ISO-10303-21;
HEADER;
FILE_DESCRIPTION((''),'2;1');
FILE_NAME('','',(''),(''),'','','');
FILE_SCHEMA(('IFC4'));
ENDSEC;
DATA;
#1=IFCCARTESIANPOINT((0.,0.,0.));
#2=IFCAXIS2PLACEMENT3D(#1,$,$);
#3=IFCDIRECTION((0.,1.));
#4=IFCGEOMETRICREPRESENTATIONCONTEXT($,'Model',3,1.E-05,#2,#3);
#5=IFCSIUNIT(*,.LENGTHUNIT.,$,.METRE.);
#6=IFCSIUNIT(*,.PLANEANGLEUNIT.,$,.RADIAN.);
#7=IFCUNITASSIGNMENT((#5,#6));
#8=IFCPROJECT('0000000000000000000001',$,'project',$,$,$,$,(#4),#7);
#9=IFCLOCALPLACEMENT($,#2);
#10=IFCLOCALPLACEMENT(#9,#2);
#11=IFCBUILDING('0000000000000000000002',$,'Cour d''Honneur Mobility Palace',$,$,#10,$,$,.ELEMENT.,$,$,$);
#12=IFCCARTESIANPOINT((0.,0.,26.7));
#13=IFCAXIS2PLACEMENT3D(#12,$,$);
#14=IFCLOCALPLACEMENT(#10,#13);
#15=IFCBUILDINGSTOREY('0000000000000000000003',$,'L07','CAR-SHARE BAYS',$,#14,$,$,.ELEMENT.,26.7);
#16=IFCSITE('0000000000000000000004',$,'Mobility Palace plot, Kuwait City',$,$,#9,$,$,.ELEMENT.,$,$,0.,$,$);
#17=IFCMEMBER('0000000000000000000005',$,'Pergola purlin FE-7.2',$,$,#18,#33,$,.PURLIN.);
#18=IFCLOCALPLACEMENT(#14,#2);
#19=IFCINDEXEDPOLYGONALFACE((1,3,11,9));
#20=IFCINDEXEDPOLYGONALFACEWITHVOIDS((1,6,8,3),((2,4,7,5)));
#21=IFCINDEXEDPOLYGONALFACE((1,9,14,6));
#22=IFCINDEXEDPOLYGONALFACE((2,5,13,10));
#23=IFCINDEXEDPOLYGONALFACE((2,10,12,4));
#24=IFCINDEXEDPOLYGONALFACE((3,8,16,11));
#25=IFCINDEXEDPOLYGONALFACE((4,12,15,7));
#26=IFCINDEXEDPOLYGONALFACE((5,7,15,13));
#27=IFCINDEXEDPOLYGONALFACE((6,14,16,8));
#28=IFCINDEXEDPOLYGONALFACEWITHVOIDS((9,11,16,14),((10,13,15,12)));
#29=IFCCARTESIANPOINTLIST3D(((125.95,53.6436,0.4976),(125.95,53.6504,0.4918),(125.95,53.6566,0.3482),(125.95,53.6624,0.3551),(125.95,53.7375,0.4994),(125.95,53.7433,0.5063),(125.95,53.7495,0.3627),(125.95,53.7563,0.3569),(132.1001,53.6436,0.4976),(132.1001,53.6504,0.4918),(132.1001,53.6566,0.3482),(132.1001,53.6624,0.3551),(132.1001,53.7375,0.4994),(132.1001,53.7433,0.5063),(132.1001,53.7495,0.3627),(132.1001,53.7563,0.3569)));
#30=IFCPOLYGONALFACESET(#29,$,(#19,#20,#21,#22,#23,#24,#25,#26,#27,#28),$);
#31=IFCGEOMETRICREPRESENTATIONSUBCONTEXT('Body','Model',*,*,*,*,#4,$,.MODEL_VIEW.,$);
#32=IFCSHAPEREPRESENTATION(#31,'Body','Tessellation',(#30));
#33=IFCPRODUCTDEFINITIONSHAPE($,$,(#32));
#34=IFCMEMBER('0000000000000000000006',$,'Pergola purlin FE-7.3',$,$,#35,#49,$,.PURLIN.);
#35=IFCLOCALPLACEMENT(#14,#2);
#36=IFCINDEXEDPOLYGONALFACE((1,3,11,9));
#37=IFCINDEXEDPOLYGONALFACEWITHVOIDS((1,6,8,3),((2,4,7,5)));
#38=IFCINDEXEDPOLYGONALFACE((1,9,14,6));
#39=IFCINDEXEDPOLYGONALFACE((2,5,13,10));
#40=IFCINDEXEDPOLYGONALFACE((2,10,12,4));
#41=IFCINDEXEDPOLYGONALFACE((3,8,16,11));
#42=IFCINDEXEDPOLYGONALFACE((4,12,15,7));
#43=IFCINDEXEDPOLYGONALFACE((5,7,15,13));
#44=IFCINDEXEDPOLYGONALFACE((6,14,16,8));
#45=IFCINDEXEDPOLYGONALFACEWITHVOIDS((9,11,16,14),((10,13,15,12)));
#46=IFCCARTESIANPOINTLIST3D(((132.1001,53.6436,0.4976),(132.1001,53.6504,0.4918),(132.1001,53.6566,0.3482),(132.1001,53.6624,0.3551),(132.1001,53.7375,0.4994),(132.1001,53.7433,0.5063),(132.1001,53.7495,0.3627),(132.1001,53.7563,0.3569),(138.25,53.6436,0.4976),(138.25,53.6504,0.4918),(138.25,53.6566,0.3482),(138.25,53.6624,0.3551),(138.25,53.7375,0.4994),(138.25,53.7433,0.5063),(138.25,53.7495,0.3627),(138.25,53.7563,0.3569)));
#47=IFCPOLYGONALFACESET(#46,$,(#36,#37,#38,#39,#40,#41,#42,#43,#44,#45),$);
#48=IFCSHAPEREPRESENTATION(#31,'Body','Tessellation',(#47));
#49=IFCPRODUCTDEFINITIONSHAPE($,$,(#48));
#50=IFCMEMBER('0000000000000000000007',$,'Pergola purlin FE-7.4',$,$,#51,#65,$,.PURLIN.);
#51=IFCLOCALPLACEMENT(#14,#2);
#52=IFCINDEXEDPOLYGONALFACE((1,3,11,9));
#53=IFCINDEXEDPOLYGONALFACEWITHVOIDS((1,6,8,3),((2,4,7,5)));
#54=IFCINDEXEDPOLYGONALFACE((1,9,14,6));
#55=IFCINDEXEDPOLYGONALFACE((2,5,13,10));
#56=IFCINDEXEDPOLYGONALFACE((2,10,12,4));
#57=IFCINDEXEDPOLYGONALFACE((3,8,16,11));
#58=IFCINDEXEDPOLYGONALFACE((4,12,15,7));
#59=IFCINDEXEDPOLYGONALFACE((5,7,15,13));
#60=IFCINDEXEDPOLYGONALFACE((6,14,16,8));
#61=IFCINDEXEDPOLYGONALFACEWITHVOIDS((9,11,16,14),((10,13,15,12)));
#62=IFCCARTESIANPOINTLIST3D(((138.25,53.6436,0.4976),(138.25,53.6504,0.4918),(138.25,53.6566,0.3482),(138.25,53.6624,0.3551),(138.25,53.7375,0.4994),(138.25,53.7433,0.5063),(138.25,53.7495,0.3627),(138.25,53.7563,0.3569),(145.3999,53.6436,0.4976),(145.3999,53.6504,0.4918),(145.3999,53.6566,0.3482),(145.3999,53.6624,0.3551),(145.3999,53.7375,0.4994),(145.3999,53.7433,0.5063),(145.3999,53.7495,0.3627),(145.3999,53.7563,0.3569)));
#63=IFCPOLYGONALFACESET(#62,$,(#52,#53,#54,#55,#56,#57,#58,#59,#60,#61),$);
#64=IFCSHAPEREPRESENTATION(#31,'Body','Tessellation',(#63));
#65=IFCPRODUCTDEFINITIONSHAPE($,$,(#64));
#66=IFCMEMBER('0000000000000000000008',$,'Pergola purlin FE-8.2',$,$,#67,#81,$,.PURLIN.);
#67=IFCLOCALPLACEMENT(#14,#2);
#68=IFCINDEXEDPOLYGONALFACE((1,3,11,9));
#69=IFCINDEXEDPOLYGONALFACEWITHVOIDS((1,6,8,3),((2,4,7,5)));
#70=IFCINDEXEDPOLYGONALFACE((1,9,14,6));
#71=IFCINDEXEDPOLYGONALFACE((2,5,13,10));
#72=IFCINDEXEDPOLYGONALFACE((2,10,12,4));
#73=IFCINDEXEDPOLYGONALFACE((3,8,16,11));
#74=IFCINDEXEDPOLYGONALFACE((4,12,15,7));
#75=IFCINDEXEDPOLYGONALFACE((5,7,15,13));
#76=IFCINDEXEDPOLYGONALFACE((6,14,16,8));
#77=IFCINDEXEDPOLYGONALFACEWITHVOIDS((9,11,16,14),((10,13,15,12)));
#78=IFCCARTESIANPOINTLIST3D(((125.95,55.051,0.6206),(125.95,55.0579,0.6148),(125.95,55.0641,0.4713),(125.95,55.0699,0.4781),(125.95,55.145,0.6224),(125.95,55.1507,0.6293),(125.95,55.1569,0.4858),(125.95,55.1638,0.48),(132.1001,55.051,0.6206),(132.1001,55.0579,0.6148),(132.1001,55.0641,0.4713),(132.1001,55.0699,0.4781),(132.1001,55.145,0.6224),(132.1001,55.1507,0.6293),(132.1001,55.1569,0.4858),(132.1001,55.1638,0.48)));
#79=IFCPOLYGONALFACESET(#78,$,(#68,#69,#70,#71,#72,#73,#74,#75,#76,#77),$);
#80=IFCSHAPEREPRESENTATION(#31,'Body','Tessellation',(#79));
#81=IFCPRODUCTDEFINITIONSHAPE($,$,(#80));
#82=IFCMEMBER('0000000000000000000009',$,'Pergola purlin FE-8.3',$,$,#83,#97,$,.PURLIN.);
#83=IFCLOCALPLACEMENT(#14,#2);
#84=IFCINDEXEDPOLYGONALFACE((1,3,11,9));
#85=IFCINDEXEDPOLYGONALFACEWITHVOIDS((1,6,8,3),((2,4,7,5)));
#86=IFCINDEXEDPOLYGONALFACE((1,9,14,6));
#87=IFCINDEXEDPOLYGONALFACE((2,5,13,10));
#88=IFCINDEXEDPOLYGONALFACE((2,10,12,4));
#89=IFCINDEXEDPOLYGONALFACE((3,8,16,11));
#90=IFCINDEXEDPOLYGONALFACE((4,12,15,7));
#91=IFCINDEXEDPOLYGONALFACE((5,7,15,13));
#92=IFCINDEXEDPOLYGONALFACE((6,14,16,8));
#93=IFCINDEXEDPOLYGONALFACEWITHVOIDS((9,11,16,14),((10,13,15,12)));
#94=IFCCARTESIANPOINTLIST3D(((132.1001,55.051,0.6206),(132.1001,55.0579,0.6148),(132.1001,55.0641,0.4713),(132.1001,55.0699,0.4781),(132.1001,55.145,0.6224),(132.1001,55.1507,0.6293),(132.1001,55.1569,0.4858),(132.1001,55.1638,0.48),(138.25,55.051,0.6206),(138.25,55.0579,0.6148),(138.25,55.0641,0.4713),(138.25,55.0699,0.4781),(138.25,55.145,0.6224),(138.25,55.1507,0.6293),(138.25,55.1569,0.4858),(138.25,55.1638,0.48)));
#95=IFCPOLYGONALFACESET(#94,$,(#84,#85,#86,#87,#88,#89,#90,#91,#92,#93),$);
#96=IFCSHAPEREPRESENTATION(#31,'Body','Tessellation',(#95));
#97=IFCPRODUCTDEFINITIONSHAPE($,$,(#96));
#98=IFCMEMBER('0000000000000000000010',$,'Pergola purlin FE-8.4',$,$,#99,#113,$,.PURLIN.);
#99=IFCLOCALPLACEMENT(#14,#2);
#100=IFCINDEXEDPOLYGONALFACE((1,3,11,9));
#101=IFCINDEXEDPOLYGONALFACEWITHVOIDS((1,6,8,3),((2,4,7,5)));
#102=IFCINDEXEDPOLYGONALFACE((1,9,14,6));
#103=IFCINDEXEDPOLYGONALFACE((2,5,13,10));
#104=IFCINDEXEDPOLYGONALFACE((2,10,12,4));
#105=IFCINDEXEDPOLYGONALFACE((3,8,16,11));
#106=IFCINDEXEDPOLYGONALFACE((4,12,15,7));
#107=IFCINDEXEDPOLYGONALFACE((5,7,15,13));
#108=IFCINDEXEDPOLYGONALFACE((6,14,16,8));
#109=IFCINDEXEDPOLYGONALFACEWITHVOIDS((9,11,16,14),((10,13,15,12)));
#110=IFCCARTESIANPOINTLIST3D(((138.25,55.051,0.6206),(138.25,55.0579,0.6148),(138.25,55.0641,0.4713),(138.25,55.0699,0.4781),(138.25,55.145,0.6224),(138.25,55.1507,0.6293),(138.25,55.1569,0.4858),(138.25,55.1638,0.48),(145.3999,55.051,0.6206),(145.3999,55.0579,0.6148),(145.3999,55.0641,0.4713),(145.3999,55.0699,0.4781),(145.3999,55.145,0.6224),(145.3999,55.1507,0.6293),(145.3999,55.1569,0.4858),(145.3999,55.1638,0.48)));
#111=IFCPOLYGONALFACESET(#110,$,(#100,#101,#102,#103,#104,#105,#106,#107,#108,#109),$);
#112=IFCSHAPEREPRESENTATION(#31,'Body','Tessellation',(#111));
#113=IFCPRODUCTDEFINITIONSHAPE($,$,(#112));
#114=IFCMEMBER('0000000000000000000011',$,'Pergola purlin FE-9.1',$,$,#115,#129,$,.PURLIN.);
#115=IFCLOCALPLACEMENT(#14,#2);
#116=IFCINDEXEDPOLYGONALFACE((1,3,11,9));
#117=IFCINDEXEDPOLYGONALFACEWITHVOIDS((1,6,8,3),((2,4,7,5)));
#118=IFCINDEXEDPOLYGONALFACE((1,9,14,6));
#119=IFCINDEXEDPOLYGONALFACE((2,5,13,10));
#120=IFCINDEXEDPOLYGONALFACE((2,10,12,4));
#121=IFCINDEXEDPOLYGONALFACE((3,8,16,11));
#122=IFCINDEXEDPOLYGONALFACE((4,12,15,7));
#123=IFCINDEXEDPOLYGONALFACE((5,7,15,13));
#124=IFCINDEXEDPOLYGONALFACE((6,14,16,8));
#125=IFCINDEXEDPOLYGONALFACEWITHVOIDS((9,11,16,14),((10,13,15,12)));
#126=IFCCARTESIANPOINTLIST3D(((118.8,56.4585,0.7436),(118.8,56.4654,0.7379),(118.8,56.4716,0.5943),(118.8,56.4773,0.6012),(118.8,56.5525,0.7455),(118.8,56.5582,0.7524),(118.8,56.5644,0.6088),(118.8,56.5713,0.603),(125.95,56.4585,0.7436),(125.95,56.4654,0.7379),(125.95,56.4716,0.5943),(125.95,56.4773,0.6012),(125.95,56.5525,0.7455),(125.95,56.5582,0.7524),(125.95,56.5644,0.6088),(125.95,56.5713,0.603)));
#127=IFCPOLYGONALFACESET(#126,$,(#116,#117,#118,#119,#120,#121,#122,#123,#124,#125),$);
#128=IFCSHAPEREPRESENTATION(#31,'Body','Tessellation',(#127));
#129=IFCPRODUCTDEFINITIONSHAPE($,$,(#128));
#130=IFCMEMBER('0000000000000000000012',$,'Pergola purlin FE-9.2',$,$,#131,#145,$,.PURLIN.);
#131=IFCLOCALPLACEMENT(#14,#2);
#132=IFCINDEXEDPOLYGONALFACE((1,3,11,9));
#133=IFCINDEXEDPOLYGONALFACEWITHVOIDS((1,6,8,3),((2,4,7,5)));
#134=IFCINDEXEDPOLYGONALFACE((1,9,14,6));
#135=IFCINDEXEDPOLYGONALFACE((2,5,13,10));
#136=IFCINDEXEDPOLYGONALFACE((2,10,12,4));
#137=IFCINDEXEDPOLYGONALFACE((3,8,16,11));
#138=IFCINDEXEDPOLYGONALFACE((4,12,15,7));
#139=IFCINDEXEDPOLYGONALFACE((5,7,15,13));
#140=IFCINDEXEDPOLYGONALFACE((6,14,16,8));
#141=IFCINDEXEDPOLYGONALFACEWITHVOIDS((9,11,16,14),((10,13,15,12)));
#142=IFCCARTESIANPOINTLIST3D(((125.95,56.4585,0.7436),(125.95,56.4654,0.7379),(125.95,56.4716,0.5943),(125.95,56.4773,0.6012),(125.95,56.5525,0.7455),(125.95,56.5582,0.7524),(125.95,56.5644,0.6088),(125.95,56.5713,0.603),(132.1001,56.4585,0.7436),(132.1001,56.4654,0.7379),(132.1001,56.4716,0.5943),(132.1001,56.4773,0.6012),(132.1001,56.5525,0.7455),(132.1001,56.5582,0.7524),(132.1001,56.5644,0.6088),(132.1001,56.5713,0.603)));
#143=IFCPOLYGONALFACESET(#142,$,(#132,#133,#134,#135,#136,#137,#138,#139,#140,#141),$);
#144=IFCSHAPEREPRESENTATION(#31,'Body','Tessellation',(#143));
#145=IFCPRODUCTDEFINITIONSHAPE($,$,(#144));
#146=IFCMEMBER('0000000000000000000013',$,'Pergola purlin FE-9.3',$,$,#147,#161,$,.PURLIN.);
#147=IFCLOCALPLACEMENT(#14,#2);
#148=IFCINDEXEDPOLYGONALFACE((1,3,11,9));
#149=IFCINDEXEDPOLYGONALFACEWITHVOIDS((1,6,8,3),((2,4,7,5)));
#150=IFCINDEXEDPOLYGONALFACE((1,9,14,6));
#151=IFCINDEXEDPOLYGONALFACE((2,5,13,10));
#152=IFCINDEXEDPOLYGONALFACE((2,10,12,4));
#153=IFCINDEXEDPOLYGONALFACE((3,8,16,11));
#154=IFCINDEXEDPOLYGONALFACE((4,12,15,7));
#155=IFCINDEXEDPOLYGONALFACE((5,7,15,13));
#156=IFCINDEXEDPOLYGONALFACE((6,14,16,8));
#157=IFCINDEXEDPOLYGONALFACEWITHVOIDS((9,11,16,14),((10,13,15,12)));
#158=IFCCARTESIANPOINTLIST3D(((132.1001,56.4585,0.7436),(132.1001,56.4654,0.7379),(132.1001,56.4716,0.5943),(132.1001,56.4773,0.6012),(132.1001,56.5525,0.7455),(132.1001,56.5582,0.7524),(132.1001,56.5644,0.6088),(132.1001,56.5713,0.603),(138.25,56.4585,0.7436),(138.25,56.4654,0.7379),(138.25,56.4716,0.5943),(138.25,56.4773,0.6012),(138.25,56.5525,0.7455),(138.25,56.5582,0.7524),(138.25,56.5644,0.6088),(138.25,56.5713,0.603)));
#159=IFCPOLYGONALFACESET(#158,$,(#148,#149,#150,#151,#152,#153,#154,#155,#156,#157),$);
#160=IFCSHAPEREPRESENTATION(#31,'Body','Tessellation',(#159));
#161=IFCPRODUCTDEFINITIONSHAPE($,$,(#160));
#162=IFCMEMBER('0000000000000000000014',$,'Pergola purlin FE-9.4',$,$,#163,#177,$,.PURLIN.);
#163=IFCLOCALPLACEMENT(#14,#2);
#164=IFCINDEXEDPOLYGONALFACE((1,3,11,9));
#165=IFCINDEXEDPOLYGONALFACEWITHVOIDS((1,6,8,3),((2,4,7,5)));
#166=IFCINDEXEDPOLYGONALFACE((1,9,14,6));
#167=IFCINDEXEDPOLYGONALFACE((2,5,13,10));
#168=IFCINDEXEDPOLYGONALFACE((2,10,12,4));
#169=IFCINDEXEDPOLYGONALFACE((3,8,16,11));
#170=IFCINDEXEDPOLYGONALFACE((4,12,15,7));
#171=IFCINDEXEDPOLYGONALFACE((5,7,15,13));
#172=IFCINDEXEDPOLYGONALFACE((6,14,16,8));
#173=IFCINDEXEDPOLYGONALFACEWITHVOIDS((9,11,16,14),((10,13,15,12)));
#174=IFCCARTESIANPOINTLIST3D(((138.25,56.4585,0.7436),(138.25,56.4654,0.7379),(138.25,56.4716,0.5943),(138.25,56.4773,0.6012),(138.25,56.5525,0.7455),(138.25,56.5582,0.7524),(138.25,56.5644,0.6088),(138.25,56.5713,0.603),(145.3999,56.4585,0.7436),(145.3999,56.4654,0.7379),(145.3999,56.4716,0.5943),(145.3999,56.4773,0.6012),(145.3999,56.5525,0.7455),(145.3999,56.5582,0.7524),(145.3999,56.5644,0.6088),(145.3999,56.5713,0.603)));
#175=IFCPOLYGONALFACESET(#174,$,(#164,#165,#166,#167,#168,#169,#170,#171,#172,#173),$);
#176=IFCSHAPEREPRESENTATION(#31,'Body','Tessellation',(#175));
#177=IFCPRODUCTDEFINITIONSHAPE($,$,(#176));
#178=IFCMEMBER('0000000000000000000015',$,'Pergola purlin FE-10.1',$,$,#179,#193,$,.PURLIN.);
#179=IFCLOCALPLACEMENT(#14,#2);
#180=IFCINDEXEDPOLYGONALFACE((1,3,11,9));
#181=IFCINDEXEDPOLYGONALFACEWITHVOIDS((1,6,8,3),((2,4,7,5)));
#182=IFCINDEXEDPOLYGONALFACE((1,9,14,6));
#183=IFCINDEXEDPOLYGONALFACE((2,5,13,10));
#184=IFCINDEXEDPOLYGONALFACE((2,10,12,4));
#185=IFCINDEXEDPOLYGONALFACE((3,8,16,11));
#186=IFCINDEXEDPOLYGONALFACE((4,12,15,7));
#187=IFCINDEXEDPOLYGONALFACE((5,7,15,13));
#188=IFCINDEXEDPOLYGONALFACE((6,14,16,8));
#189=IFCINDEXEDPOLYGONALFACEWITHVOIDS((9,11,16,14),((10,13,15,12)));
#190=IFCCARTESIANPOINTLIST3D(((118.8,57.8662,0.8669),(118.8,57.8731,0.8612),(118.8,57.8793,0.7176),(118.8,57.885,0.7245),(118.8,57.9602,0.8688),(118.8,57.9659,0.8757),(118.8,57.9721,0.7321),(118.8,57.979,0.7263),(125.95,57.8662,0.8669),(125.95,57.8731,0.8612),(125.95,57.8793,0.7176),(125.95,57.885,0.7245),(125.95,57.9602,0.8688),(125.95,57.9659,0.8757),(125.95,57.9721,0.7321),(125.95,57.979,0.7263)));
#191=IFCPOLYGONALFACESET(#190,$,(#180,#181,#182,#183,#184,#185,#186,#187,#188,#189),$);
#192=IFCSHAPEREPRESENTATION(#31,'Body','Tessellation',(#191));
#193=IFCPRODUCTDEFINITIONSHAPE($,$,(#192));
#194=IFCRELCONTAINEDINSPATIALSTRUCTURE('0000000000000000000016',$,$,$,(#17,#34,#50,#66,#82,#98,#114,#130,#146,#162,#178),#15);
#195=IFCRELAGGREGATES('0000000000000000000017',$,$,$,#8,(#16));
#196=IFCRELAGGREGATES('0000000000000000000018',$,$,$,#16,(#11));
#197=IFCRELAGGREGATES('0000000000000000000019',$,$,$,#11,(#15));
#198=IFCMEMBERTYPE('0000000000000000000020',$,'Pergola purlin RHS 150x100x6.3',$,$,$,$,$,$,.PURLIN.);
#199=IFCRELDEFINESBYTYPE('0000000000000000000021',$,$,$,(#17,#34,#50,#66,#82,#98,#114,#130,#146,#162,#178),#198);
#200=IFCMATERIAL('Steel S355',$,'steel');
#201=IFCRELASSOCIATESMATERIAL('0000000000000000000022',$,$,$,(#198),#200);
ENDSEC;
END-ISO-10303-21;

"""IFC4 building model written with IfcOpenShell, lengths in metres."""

from ifc_helpers import new_model, si_unit, direction, frame, origin, origin_2d, place, context, subcontext, project, spatial, hollow_rectangle, extrude, material, material_profile, profile_set, type_object, element, save


model = new_model("IFC4")

# Units and contexts
model_context = context("Model", 3, precision=1e-05, world=origin(), true_north=direction((0.0, 1.0)))
body_context = subcontext(model_context, "Body", "Model", "MODEL_VIEW")
ifc_project = project(units=[si_unit("LENGTHUNIT", "METRE"), si_unit("PLANEANGLEUNIT", "RADIAN")], contexts=[model_context])

# Site, building, storey
site_placement = place(None, origin())
site = spatial("IfcSite", under=ifc_project, at=site_placement, Name="Mobility Palace plot, Kuwait City", CompositionType="ELEMENT", RefElevation=0.0)
building_placement = place(site_placement, origin())
building = spatial("IfcBuilding", under=site, at=building_placement, Name="Cour d'Honneur Mobility Palace", CompositionType="ELEMENT")
storey_placement = place(building_placement, frame((0.0, 0.0, 26.7)))
storey = spatial("IfcBuildingStorey", under=building, at=storey_placement, Name="L07", Description="CAR-SHARE BAYS", CompositionType="ELEMENT", Elevation=26.7)

# Members
ifc_material_1 = material(Name="Steel S355", Category="steel")
ifc_material_profile = material_profile(ifc_material_1, hollow_rectangle(XDim=0.1001, YDim=0.1499, WallThickness=0.0063, at=origin_2d()), Name="RHS 150x100x6.3")
ifc_profile_set = profile_set([ifc_material_profile], Name="Steel S355")
member_type = type_object("IfcMemberType", Name="Pergola purlin RHS 150x100x6.3", PredefinedType="PURLIN", material=ifc_profile_set)
member_1_placement = place(storey_placement, frame((125.95, 53.7, 0.4272), z_axis=(1.0, 0.0, 0.0), x_axis=(0.0, 0.996197, 0.087131)))
element("IfcMember", 1, at=member_1_placement, inside=storey, type_object=member_type, Name="Pergola purlin FE-7.2", PredefinedType="PURLIN", context=body_context, shape_type="SweptSolid", body=[
    extrude(hollow_rectangle(XDim=0.1001, YDim=0.1499, WallThickness=0.0063, at=origin_2d()), origin(), (0.0, 0.0, 1.0), 6.1501),
])
member_2_placement = place(storey_placement, frame((132.1001, 53.7, 0.4272), z_axis=(1.0, 0.0, 0.0), x_axis=(0.0, 0.996197, 0.087131)))
element("IfcMember", 2, at=member_2_placement, inside=storey, type_object=member_type, Name="Pergola purlin FE-7.3", PredefinedType="PURLIN", context=body_context, shape_type="SweptSolid", body=[
    extrude(hollow_rectangle(XDim=0.1001, YDim=0.1499, WallThickness=0.0063, at=origin_2d()), origin(), (0.0, 0.0, 1.0), 6.1499),
])
member_3_placement = place(storey_placement, frame((138.25, 53.7, 0.4272), z_axis=(1.0, 0.0, 0.0), x_axis=(0.0, 0.996197, 0.087131)))
element("IfcMember", 3, at=member_3_placement, inside=storey, type_object=member_type, Name="Pergola purlin FE-7.4", PredefinedType="PURLIN", context=body_context, shape_type="SweptSolid", body=[
    extrude(hollow_rectangle(XDim=0.1001, YDim=0.1499, WallThickness=0.0063, at=origin_2d()), origin(), (0.0, 0.0, 1.0), 7.1499),
])
member_4_placement = place(storey_placement, frame((125.95, 55.1074, 0.5503), z_axis=(1.0, 0.0, 0.0), x_axis=(0.0, 0.996197, 0.087131)))
element("IfcMember", 4, at=member_4_placement, inside=storey, type_object=member_type, Name="Pergola purlin FE-8.2", PredefinedType="PURLIN", context=body_context, shape_type="SweptSolid", body=[
    extrude(hollow_rectangle(XDim=0.1001, YDim=0.1499, WallThickness=0.0063, at=origin_2d()), origin(), (0.0, 0.0, 1.0), 6.1501),
])
member_5_placement = place(storey_placement, frame((132.1001, 55.1074, 0.5503), z_axis=(1.0, 0.0, 0.0), x_axis=(0.0, 0.996197, 0.087131)))
element("IfcMember", 5, at=member_5_placement, inside=storey, type_object=member_type, Name="Pergola purlin FE-8.3", PredefinedType="PURLIN", context=body_context, shape_type="SweptSolid", body=[
    extrude(hollow_rectangle(XDim=0.1001, YDim=0.1499, WallThickness=0.0063, at=origin_2d()), origin(), (0.0, 0.0, 1.0), 6.1499),
])
for number, where, z_axis, x_axis, name in (
    (6, (138.25, 55.1074, 0.5503), (1.0, 0.0, 0.0), (0.0, 0.996197, 0.087131), "Pergola purlin FE-8.4"),
    (7, (118.8, 56.5149, 0.6733), (1.0, 0.0, 0.0), (0.0, 0.996197, 0.087131), "Pergola purlin FE-9.1"),
):
    element("IfcMember", number, at=place(storey_placement, frame(where, z_axis=z_axis, x_axis=x_axis)), inside=storey, type_object=member_type, Name=name, PredefinedType="PURLIN", context=body_context, shape_type="SweptSolid", body=[
        extrude(hollow_rectangle(XDim=0.1001, YDim=0.1499, WallThickness=0.0063, at=origin_2d()), origin(), (0.0, 0.0, 1.0), 7.1499),
    ])
member_6_placement = place(storey_placement, frame((125.95, 56.5149, 0.6733), z_axis=(1.0, 0.0, 0.0), x_axis=(0.0, 0.996197, 0.087131)))
element("IfcMember", 8, at=member_6_placement, inside=storey, type_object=member_type, Name="Pergola purlin FE-9.2", PredefinedType="PURLIN", context=body_context, shape_type="SweptSolid", body=[
    extrude(hollow_rectangle(XDim=0.1001, YDim=0.1499, WallThickness=0.0063, at=origin_2d()), origin(), (0.0, 0.0, 1.0), 6.1501),
])
member_7_placement = place(storey_placement, frame((132.1001, 56.5149, 0.6733), z_axis=(1.0, 0.0, 0.0), x_axis=(0.0, 0.996197, 0.087131)))
element("IfcMember", 9, at=member_7_placement, inside=storey, type_object=member_type, Name="Pergola purlin FE-9.3", PredefinedType="PURLIN", context=body_context, shape_type="SweptSolid", body=[
    extrude(hollow_rectangle(XDim=0.1001, YDim=0.1499, WallThickness=0.0063, at=origin_2d()), origin(), (0.0, 0.0, 1.0), 6.1499),
])
for number, where, z_axis, x_axis, name in (
    (10, (138.25, 56.5149, 0.6733), (1.0, 0.0, 0.0), (0.0, 0.996197, 0.087131), "Pergola purlin FE-9.4"),
    (11, (118.8, 57.9226, 0.7966), (1.0, 0.0, 0.0), (0.0, 0.996197, 0.087131), "Pergola purlin FE-10.1"),
):
    element("IfcMember", number, at=place(storey_placement, frame(where, z_axis=z_axis, x_axis=x_axis)), inside=storey, type_object=member_type, Name=name, PredefinedType="PURLIN", context=body_context, shape_type="SweptSolid", body=[
        extrude(hollow_rectangle(XDim=0.1001, YDim=0.1499, WallThickness=0.0063, at=origin_2d()), origin(), (0.0, 0.0, 1.0), 7.1499),
    ])

save(model, "model.ifc")
